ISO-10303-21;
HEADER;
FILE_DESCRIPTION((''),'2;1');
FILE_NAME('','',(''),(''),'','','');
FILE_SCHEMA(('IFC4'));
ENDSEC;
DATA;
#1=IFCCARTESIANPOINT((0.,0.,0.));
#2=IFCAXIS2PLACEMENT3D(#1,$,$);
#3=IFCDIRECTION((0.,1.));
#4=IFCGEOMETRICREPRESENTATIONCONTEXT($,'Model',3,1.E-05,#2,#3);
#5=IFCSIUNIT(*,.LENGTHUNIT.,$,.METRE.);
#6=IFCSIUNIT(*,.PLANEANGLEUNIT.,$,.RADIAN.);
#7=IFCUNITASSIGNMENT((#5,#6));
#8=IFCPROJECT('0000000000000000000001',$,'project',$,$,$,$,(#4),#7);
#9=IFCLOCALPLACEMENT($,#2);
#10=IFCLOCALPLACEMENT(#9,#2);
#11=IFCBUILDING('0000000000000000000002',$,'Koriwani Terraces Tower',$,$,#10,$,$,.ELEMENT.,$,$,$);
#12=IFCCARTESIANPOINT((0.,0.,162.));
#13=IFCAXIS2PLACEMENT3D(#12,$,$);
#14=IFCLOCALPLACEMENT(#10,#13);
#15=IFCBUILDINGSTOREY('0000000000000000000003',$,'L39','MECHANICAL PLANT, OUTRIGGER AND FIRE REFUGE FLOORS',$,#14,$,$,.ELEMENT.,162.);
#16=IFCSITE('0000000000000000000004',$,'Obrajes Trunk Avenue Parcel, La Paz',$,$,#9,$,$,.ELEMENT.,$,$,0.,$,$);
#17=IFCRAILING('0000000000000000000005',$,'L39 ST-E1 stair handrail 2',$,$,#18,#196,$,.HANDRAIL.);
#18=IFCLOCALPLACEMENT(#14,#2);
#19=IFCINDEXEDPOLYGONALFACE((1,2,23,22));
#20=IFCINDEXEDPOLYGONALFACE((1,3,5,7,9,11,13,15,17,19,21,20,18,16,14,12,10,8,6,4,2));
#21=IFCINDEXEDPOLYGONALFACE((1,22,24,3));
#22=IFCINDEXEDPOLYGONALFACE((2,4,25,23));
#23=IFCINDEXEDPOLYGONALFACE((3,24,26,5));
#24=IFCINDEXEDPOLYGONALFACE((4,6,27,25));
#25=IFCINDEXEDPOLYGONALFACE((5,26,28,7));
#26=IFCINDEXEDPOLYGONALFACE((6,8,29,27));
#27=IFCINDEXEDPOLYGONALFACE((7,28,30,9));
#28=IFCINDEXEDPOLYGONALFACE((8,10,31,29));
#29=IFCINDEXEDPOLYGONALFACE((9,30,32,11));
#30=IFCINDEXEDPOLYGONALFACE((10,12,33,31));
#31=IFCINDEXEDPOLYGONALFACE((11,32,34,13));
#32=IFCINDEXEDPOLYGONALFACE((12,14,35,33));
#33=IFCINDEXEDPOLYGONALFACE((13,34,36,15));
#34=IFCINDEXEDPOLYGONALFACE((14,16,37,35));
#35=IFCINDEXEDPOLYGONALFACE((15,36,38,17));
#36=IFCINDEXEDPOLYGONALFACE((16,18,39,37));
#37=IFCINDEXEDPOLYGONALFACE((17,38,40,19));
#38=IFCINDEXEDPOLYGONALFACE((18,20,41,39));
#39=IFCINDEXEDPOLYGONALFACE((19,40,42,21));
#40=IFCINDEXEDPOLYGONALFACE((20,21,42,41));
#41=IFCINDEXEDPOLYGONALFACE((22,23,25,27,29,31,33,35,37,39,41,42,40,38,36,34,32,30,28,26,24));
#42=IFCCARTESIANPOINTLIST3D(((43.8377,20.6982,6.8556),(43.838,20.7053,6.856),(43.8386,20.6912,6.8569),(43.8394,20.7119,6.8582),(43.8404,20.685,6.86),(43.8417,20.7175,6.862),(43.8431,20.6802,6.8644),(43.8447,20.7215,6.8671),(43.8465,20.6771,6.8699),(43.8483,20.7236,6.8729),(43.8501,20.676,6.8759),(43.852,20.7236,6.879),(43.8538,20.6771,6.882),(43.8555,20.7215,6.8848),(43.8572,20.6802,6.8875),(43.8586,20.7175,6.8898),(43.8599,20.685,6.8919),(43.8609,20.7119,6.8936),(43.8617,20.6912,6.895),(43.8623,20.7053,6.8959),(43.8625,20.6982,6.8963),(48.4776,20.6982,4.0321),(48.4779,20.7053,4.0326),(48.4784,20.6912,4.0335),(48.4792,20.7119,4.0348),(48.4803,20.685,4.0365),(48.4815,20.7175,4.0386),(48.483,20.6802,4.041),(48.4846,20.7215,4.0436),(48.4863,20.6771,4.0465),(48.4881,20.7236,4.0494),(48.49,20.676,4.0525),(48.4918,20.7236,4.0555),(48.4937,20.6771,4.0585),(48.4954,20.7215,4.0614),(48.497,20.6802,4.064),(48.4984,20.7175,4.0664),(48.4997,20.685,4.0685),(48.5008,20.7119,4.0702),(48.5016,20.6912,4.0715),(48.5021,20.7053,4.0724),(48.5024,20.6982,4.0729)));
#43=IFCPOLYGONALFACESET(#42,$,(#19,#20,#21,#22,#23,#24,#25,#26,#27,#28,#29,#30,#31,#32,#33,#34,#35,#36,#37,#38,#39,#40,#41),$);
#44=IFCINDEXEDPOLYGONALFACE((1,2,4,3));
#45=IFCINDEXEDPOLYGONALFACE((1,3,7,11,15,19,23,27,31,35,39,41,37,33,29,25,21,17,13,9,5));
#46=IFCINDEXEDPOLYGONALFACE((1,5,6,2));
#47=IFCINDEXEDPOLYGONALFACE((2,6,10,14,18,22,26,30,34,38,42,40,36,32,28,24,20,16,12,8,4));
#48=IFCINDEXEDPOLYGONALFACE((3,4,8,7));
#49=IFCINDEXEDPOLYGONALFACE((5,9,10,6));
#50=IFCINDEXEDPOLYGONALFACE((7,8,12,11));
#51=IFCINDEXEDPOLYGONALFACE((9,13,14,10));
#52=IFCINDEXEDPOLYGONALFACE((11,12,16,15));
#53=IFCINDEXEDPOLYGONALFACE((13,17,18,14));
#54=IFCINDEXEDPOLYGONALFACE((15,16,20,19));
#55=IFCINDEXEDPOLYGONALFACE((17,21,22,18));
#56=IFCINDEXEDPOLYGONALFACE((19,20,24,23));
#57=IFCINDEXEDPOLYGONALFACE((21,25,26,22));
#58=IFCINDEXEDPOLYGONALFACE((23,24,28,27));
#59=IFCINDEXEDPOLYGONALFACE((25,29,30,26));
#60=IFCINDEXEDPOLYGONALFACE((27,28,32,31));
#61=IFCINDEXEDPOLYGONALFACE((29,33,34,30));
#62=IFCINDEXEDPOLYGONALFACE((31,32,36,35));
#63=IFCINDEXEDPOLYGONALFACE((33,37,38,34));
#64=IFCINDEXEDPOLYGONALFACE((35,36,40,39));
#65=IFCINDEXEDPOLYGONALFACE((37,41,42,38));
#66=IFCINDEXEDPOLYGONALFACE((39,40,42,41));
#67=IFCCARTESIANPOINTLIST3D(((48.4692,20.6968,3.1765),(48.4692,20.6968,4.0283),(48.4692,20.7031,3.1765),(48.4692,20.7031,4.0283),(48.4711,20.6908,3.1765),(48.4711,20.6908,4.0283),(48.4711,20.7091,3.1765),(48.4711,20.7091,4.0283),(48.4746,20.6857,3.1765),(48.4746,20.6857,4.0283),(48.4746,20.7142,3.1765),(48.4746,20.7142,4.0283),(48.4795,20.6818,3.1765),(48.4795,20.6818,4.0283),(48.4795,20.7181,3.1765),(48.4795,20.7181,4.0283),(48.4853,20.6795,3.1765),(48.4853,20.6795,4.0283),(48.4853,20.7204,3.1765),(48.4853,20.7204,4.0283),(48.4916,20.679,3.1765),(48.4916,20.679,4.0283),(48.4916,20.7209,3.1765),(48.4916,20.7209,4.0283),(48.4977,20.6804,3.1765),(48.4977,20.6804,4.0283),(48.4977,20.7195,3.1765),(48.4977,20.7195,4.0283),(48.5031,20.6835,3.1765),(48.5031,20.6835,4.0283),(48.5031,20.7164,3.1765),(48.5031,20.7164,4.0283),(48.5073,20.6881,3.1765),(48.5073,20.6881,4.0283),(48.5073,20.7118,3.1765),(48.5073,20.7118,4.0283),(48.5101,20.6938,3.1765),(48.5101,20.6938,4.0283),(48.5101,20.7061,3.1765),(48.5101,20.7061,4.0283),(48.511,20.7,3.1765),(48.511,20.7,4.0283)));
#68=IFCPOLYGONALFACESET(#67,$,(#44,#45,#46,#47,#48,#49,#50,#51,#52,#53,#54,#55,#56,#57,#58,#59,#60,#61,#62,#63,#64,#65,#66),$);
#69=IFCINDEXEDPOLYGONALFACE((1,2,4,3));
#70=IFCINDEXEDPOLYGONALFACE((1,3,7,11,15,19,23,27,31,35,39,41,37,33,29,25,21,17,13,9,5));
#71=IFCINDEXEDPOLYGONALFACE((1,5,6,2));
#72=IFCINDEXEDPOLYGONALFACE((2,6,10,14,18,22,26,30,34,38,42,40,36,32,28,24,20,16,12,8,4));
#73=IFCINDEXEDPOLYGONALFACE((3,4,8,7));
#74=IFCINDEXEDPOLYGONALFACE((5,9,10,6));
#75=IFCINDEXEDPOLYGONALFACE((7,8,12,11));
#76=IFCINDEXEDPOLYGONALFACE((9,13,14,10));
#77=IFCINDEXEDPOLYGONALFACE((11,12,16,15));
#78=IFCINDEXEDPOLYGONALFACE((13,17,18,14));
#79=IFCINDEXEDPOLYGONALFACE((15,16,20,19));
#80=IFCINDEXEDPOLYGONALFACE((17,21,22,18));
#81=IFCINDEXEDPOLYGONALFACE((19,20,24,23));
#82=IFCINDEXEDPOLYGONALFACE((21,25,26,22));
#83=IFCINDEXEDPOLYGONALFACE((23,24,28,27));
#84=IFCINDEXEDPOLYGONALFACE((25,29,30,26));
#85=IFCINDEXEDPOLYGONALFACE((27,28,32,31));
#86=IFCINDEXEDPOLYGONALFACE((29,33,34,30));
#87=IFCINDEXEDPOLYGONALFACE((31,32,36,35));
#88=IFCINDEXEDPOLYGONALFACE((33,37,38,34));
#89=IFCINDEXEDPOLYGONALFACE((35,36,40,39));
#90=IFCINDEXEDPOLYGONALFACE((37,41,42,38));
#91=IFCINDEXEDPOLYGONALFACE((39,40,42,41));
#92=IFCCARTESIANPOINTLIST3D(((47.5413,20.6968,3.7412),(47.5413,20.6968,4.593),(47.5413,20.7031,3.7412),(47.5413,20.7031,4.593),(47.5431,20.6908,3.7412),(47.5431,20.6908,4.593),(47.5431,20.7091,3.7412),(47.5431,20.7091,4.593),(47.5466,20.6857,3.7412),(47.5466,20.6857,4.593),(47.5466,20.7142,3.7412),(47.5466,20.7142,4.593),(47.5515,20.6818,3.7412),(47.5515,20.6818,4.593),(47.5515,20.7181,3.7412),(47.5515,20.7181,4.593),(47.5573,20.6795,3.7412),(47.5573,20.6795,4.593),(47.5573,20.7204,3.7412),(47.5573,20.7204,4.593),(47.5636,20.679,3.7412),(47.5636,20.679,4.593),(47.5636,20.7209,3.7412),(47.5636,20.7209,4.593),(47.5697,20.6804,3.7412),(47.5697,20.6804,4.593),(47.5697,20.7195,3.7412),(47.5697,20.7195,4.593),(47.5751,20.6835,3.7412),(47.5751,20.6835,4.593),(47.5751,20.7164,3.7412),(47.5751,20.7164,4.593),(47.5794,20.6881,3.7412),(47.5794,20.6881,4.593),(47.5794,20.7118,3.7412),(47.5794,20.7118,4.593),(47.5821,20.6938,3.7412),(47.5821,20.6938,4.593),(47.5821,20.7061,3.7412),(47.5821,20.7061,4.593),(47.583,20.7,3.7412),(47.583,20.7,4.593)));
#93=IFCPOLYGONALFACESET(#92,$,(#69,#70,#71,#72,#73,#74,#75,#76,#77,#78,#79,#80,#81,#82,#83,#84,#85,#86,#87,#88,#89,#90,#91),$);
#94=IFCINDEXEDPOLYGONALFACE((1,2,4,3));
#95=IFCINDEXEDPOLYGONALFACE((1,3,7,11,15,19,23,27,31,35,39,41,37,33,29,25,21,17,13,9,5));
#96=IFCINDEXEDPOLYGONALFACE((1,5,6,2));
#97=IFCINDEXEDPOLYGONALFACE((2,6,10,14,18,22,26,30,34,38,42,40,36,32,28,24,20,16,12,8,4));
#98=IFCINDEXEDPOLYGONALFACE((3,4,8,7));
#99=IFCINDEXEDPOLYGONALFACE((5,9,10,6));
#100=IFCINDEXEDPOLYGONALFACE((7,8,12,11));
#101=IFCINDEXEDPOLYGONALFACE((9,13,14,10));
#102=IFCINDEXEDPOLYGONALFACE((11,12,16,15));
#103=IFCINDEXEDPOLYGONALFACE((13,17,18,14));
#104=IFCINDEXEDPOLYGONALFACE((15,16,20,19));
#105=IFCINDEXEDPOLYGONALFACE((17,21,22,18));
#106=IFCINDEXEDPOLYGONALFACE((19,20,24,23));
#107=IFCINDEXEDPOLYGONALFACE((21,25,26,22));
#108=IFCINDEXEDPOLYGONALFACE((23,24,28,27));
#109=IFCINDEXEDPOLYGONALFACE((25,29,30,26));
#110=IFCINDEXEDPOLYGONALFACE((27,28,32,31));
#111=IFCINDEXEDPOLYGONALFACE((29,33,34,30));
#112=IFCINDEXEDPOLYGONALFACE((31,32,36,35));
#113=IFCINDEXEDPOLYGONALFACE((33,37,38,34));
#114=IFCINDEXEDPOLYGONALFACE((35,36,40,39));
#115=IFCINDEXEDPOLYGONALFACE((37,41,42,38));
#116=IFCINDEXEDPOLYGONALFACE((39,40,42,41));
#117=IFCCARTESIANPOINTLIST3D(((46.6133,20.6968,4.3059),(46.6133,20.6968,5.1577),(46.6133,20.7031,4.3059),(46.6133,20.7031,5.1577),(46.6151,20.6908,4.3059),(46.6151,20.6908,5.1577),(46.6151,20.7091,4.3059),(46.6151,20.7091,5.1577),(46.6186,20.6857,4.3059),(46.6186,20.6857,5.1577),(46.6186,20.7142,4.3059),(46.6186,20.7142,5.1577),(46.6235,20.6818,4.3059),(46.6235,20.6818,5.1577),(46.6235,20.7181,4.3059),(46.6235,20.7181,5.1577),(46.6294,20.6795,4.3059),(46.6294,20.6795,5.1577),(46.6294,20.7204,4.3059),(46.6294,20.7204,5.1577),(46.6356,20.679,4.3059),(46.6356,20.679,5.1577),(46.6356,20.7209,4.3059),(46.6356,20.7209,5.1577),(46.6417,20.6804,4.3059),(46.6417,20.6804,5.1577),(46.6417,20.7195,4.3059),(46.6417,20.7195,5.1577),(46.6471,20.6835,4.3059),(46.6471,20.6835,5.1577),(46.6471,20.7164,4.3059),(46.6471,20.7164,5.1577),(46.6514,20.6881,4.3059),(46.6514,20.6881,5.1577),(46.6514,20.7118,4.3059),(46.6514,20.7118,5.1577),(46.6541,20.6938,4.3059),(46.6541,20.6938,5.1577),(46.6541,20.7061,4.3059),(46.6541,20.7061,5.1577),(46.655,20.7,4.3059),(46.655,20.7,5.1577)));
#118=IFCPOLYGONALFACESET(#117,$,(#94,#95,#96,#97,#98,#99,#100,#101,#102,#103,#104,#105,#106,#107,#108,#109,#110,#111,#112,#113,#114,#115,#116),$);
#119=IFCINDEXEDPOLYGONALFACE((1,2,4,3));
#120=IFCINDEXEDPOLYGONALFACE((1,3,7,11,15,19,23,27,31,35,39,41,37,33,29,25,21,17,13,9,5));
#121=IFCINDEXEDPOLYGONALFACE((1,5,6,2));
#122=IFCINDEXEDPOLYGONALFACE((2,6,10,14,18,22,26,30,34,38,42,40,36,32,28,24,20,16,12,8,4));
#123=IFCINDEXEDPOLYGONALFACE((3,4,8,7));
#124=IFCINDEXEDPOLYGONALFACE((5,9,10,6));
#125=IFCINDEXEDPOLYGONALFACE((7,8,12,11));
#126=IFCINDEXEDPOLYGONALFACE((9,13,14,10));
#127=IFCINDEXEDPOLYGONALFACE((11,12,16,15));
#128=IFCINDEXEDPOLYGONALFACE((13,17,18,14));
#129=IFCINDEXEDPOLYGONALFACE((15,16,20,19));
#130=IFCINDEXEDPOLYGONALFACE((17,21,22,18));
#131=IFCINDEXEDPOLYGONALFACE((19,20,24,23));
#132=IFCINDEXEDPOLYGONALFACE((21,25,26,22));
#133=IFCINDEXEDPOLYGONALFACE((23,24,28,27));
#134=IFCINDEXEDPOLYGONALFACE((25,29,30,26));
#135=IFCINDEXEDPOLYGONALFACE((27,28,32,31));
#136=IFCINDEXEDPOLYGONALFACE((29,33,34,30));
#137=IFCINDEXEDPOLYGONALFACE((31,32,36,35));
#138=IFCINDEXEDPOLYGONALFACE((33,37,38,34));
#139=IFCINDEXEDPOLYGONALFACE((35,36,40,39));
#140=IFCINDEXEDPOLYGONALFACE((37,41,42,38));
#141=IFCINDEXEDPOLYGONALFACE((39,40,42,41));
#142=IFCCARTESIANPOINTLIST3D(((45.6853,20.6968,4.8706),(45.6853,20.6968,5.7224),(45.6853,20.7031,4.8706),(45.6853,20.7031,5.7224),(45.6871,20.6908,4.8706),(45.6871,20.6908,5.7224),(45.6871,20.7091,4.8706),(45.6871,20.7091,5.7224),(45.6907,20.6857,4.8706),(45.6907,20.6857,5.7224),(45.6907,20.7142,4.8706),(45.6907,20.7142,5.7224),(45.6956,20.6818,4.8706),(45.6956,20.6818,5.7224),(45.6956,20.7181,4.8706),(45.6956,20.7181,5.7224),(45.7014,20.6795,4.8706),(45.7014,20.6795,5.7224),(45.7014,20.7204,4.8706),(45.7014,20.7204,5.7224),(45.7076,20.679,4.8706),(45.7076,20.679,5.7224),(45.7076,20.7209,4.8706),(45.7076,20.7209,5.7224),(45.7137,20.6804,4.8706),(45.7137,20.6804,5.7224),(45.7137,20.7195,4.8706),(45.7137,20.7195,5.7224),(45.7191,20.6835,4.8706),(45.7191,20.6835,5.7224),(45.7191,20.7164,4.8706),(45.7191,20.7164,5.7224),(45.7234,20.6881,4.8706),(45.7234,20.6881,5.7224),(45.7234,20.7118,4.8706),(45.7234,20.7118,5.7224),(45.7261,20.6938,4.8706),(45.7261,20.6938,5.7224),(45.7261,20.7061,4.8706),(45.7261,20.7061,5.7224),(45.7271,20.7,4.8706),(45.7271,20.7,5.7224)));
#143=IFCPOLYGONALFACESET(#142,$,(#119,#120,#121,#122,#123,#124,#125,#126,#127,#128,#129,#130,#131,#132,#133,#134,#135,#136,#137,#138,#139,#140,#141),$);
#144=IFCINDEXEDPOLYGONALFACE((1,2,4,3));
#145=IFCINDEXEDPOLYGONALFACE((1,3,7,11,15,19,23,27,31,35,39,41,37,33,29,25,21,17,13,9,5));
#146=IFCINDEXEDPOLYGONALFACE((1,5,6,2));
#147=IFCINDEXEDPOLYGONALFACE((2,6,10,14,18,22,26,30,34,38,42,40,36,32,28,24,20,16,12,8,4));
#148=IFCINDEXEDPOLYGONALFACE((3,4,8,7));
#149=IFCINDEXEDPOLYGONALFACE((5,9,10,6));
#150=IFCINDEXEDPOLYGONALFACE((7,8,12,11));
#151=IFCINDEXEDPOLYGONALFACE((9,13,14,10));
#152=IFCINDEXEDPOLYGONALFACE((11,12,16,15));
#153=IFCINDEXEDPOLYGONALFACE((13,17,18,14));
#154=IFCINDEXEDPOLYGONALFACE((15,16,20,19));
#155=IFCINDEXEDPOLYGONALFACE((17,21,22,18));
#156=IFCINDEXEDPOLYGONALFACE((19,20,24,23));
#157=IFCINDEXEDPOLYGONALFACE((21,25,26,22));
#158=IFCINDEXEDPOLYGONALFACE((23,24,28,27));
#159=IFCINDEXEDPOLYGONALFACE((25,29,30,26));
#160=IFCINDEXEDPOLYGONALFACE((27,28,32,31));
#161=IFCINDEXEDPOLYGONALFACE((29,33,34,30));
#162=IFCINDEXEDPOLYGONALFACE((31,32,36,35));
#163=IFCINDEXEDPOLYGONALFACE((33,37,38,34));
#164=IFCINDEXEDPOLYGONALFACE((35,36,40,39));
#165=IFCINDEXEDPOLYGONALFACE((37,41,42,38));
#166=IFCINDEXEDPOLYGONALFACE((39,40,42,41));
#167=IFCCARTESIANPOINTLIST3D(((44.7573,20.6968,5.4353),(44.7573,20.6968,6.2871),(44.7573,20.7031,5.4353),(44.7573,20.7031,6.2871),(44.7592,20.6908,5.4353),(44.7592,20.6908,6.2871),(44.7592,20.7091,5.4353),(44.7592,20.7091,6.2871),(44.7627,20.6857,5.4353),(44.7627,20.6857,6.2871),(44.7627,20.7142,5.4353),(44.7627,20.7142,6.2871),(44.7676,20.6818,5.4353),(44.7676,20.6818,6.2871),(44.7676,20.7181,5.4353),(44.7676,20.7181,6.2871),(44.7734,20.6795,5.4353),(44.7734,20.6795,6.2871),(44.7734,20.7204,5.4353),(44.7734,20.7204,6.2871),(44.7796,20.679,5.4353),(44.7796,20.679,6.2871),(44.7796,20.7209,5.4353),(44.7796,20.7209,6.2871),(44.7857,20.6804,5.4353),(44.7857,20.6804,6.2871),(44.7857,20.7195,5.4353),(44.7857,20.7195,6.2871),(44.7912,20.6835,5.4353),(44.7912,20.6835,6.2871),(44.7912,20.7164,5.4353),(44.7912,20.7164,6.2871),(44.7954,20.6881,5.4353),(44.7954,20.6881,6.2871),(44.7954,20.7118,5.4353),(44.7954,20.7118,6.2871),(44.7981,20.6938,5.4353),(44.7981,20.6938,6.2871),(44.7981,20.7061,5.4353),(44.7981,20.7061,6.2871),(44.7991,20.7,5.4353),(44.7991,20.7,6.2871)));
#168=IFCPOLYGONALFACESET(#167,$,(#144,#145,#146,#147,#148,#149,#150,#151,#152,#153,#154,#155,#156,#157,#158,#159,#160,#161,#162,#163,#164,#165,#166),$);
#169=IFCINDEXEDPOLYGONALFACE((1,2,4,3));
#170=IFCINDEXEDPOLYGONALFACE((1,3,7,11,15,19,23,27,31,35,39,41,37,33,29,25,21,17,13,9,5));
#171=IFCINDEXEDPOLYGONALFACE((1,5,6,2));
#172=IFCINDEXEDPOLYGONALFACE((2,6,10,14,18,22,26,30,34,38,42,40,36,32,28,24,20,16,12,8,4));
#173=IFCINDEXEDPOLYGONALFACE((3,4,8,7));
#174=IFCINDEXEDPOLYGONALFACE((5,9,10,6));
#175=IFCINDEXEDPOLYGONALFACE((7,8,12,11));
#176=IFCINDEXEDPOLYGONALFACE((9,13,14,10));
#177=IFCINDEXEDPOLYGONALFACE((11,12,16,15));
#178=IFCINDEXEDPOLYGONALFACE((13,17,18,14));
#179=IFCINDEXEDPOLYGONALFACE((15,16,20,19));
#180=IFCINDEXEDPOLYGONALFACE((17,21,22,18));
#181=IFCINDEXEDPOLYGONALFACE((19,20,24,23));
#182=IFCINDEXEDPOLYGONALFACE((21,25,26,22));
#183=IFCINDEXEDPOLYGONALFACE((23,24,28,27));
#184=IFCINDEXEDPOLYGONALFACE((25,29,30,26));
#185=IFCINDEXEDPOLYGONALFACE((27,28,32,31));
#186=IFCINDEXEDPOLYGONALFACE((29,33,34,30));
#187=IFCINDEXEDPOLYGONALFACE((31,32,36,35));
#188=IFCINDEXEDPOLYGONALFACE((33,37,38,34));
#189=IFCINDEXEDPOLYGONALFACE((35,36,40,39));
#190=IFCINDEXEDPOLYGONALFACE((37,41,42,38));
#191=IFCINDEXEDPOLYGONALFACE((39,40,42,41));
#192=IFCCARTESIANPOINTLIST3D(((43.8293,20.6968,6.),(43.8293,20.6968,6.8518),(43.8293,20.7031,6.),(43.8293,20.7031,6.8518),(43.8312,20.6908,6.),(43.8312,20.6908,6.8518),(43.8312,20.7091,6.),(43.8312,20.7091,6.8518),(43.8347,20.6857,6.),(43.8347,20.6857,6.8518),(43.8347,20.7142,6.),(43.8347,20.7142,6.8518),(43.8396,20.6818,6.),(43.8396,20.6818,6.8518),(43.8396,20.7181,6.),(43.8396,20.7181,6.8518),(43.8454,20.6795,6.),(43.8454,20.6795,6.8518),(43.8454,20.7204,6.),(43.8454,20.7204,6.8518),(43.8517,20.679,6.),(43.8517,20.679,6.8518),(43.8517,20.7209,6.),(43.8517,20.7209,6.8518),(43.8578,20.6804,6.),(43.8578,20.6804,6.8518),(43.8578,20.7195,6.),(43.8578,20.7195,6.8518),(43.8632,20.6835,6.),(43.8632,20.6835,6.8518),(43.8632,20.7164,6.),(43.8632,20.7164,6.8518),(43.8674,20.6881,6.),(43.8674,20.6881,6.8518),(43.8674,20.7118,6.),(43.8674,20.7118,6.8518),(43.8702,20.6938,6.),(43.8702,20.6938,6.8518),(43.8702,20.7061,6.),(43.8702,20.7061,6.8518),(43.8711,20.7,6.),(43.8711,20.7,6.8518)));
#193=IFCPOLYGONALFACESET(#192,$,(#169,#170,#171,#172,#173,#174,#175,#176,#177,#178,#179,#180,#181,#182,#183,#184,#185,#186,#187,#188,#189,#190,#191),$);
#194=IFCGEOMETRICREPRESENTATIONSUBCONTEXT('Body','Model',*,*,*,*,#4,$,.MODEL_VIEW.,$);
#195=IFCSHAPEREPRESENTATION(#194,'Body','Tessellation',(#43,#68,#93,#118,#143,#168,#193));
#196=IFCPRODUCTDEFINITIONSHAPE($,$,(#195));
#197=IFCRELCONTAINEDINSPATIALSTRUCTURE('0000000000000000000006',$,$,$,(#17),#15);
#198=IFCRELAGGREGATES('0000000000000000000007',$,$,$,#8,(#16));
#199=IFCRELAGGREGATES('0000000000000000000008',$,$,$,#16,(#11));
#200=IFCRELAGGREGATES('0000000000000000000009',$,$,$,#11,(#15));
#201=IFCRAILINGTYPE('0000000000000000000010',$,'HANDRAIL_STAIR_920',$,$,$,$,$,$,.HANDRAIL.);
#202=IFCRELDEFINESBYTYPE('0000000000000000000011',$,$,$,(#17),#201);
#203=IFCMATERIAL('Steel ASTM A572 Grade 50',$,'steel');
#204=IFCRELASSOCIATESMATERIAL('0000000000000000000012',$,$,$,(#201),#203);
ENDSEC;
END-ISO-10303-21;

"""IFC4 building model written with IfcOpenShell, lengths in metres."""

from ifc_helpers import new_model, si_unit, direction, frame, origin, origin_2d, place, context, subcontext, project, spatial, circle, extrude, material, type_object, element, save


model = new_model("IFC4")

# Units and contexts
model_context = context("Model", 3, precision=1e-05, world=origin(), true_north=direction((0.0, 1.0)))
body_context = subcontext(model_context, "Body", "Model", "MODEL_VIEW")
ifc_project = project(units=[si_unit("LENGTHUNIT", "METRE"), si_unit("PLANEANGLEUNIT", "RADIAN")], contexts=[model_context])

# Site, building, storey
site_placement = place(None, origin())
site = spatial("IfcSite", under=ifc_project, at=site_placement, Name="Obrajes Trunk Avenue Parcel, La Paz", CompositionType="ELEMENT", RefElevation=0.0)
building_placement = place(site_placement, origin())
building = spatial("IfcBuilding", under=site, at=building_placement, Name="Koriwani Terraces Tower", CompositionType="ELEMENT")
storey_placement = place(building_placement, frame((0.0, 0.0, 162.0)))
storey = spatial("IfcBuildingStorey", under=building, at=storey_placement, Name="L39", Description="MECHANICAL PLANT, OUTRIGGER AND FIRE REFUGE FLOORS", CompositionType="ELEMENT", Elevation=162.0)

# Shared definitions
ifc_material_1 = material(Name="Steel ASTM A572 Grade 50", Category="steel")

# Railing
railing_type_1 = type_object("IfcRailingType", Name="HANDRAIL_STAIR_920", PredefinedType="HANDRAIL", material=ifc_material_1)
railing_1_placement = place(storey_placement, frame((48.49, 20.7, 3.1765)))
element("IfcRailing", 1, at=railing_1_placement, inside=storey, type_object=railing_type_1, Name="L39 ST-E1 stair handrail 2", PredefinedType="HANDRAIL", context=body_context, shape_type="SweptSolid", body=[
    extrude(circle(Radius=0.0239, at=origin_2d()), frame((0.0, 0.0, 0.876), z_axis=(-0.854264, 0.0, 0.51984), x_axis=(0.0, -1.0, 0.0)), (0.0, 0.0, 1.0), 5.4314),
    extrude(circle(Radius=0.021, at=origin_2d()), origin(), (0.0, 0.0, 1.0), 0.8518),
    extrude(circle(Radius=0.021, at=origin_2d()), frame((-0.928, 0.0, 0.5647)), (0.0, 0.0, 1.0), 0.8518),
    extrude(circle(Radius=0.021, at=origin_2d()), frame((-1.856, 0.0, 1.1294)), (0.0, 0.0, 1.0), 0.8518),
    extrude(circle(Radius=0.021, at=origin_2d()), frame((-2.7839, 0.0, 1.6941)), (0.0, 0.0, 1.0), 0.8518),
    extrude(circle(Radius=0.021, at=origin_2d()), frame((-3.7119, 0.0, 2.2588)), (0.0, 0.0, 1.0), 0.8518),
    extrude(circle(Radius=0.021, at=origin_2d()), frame((-4.6399, 0.0, 2.8235)), (0.0, 0.0, 1.0), 0.8518),
])

save(model, "model.ifc")
